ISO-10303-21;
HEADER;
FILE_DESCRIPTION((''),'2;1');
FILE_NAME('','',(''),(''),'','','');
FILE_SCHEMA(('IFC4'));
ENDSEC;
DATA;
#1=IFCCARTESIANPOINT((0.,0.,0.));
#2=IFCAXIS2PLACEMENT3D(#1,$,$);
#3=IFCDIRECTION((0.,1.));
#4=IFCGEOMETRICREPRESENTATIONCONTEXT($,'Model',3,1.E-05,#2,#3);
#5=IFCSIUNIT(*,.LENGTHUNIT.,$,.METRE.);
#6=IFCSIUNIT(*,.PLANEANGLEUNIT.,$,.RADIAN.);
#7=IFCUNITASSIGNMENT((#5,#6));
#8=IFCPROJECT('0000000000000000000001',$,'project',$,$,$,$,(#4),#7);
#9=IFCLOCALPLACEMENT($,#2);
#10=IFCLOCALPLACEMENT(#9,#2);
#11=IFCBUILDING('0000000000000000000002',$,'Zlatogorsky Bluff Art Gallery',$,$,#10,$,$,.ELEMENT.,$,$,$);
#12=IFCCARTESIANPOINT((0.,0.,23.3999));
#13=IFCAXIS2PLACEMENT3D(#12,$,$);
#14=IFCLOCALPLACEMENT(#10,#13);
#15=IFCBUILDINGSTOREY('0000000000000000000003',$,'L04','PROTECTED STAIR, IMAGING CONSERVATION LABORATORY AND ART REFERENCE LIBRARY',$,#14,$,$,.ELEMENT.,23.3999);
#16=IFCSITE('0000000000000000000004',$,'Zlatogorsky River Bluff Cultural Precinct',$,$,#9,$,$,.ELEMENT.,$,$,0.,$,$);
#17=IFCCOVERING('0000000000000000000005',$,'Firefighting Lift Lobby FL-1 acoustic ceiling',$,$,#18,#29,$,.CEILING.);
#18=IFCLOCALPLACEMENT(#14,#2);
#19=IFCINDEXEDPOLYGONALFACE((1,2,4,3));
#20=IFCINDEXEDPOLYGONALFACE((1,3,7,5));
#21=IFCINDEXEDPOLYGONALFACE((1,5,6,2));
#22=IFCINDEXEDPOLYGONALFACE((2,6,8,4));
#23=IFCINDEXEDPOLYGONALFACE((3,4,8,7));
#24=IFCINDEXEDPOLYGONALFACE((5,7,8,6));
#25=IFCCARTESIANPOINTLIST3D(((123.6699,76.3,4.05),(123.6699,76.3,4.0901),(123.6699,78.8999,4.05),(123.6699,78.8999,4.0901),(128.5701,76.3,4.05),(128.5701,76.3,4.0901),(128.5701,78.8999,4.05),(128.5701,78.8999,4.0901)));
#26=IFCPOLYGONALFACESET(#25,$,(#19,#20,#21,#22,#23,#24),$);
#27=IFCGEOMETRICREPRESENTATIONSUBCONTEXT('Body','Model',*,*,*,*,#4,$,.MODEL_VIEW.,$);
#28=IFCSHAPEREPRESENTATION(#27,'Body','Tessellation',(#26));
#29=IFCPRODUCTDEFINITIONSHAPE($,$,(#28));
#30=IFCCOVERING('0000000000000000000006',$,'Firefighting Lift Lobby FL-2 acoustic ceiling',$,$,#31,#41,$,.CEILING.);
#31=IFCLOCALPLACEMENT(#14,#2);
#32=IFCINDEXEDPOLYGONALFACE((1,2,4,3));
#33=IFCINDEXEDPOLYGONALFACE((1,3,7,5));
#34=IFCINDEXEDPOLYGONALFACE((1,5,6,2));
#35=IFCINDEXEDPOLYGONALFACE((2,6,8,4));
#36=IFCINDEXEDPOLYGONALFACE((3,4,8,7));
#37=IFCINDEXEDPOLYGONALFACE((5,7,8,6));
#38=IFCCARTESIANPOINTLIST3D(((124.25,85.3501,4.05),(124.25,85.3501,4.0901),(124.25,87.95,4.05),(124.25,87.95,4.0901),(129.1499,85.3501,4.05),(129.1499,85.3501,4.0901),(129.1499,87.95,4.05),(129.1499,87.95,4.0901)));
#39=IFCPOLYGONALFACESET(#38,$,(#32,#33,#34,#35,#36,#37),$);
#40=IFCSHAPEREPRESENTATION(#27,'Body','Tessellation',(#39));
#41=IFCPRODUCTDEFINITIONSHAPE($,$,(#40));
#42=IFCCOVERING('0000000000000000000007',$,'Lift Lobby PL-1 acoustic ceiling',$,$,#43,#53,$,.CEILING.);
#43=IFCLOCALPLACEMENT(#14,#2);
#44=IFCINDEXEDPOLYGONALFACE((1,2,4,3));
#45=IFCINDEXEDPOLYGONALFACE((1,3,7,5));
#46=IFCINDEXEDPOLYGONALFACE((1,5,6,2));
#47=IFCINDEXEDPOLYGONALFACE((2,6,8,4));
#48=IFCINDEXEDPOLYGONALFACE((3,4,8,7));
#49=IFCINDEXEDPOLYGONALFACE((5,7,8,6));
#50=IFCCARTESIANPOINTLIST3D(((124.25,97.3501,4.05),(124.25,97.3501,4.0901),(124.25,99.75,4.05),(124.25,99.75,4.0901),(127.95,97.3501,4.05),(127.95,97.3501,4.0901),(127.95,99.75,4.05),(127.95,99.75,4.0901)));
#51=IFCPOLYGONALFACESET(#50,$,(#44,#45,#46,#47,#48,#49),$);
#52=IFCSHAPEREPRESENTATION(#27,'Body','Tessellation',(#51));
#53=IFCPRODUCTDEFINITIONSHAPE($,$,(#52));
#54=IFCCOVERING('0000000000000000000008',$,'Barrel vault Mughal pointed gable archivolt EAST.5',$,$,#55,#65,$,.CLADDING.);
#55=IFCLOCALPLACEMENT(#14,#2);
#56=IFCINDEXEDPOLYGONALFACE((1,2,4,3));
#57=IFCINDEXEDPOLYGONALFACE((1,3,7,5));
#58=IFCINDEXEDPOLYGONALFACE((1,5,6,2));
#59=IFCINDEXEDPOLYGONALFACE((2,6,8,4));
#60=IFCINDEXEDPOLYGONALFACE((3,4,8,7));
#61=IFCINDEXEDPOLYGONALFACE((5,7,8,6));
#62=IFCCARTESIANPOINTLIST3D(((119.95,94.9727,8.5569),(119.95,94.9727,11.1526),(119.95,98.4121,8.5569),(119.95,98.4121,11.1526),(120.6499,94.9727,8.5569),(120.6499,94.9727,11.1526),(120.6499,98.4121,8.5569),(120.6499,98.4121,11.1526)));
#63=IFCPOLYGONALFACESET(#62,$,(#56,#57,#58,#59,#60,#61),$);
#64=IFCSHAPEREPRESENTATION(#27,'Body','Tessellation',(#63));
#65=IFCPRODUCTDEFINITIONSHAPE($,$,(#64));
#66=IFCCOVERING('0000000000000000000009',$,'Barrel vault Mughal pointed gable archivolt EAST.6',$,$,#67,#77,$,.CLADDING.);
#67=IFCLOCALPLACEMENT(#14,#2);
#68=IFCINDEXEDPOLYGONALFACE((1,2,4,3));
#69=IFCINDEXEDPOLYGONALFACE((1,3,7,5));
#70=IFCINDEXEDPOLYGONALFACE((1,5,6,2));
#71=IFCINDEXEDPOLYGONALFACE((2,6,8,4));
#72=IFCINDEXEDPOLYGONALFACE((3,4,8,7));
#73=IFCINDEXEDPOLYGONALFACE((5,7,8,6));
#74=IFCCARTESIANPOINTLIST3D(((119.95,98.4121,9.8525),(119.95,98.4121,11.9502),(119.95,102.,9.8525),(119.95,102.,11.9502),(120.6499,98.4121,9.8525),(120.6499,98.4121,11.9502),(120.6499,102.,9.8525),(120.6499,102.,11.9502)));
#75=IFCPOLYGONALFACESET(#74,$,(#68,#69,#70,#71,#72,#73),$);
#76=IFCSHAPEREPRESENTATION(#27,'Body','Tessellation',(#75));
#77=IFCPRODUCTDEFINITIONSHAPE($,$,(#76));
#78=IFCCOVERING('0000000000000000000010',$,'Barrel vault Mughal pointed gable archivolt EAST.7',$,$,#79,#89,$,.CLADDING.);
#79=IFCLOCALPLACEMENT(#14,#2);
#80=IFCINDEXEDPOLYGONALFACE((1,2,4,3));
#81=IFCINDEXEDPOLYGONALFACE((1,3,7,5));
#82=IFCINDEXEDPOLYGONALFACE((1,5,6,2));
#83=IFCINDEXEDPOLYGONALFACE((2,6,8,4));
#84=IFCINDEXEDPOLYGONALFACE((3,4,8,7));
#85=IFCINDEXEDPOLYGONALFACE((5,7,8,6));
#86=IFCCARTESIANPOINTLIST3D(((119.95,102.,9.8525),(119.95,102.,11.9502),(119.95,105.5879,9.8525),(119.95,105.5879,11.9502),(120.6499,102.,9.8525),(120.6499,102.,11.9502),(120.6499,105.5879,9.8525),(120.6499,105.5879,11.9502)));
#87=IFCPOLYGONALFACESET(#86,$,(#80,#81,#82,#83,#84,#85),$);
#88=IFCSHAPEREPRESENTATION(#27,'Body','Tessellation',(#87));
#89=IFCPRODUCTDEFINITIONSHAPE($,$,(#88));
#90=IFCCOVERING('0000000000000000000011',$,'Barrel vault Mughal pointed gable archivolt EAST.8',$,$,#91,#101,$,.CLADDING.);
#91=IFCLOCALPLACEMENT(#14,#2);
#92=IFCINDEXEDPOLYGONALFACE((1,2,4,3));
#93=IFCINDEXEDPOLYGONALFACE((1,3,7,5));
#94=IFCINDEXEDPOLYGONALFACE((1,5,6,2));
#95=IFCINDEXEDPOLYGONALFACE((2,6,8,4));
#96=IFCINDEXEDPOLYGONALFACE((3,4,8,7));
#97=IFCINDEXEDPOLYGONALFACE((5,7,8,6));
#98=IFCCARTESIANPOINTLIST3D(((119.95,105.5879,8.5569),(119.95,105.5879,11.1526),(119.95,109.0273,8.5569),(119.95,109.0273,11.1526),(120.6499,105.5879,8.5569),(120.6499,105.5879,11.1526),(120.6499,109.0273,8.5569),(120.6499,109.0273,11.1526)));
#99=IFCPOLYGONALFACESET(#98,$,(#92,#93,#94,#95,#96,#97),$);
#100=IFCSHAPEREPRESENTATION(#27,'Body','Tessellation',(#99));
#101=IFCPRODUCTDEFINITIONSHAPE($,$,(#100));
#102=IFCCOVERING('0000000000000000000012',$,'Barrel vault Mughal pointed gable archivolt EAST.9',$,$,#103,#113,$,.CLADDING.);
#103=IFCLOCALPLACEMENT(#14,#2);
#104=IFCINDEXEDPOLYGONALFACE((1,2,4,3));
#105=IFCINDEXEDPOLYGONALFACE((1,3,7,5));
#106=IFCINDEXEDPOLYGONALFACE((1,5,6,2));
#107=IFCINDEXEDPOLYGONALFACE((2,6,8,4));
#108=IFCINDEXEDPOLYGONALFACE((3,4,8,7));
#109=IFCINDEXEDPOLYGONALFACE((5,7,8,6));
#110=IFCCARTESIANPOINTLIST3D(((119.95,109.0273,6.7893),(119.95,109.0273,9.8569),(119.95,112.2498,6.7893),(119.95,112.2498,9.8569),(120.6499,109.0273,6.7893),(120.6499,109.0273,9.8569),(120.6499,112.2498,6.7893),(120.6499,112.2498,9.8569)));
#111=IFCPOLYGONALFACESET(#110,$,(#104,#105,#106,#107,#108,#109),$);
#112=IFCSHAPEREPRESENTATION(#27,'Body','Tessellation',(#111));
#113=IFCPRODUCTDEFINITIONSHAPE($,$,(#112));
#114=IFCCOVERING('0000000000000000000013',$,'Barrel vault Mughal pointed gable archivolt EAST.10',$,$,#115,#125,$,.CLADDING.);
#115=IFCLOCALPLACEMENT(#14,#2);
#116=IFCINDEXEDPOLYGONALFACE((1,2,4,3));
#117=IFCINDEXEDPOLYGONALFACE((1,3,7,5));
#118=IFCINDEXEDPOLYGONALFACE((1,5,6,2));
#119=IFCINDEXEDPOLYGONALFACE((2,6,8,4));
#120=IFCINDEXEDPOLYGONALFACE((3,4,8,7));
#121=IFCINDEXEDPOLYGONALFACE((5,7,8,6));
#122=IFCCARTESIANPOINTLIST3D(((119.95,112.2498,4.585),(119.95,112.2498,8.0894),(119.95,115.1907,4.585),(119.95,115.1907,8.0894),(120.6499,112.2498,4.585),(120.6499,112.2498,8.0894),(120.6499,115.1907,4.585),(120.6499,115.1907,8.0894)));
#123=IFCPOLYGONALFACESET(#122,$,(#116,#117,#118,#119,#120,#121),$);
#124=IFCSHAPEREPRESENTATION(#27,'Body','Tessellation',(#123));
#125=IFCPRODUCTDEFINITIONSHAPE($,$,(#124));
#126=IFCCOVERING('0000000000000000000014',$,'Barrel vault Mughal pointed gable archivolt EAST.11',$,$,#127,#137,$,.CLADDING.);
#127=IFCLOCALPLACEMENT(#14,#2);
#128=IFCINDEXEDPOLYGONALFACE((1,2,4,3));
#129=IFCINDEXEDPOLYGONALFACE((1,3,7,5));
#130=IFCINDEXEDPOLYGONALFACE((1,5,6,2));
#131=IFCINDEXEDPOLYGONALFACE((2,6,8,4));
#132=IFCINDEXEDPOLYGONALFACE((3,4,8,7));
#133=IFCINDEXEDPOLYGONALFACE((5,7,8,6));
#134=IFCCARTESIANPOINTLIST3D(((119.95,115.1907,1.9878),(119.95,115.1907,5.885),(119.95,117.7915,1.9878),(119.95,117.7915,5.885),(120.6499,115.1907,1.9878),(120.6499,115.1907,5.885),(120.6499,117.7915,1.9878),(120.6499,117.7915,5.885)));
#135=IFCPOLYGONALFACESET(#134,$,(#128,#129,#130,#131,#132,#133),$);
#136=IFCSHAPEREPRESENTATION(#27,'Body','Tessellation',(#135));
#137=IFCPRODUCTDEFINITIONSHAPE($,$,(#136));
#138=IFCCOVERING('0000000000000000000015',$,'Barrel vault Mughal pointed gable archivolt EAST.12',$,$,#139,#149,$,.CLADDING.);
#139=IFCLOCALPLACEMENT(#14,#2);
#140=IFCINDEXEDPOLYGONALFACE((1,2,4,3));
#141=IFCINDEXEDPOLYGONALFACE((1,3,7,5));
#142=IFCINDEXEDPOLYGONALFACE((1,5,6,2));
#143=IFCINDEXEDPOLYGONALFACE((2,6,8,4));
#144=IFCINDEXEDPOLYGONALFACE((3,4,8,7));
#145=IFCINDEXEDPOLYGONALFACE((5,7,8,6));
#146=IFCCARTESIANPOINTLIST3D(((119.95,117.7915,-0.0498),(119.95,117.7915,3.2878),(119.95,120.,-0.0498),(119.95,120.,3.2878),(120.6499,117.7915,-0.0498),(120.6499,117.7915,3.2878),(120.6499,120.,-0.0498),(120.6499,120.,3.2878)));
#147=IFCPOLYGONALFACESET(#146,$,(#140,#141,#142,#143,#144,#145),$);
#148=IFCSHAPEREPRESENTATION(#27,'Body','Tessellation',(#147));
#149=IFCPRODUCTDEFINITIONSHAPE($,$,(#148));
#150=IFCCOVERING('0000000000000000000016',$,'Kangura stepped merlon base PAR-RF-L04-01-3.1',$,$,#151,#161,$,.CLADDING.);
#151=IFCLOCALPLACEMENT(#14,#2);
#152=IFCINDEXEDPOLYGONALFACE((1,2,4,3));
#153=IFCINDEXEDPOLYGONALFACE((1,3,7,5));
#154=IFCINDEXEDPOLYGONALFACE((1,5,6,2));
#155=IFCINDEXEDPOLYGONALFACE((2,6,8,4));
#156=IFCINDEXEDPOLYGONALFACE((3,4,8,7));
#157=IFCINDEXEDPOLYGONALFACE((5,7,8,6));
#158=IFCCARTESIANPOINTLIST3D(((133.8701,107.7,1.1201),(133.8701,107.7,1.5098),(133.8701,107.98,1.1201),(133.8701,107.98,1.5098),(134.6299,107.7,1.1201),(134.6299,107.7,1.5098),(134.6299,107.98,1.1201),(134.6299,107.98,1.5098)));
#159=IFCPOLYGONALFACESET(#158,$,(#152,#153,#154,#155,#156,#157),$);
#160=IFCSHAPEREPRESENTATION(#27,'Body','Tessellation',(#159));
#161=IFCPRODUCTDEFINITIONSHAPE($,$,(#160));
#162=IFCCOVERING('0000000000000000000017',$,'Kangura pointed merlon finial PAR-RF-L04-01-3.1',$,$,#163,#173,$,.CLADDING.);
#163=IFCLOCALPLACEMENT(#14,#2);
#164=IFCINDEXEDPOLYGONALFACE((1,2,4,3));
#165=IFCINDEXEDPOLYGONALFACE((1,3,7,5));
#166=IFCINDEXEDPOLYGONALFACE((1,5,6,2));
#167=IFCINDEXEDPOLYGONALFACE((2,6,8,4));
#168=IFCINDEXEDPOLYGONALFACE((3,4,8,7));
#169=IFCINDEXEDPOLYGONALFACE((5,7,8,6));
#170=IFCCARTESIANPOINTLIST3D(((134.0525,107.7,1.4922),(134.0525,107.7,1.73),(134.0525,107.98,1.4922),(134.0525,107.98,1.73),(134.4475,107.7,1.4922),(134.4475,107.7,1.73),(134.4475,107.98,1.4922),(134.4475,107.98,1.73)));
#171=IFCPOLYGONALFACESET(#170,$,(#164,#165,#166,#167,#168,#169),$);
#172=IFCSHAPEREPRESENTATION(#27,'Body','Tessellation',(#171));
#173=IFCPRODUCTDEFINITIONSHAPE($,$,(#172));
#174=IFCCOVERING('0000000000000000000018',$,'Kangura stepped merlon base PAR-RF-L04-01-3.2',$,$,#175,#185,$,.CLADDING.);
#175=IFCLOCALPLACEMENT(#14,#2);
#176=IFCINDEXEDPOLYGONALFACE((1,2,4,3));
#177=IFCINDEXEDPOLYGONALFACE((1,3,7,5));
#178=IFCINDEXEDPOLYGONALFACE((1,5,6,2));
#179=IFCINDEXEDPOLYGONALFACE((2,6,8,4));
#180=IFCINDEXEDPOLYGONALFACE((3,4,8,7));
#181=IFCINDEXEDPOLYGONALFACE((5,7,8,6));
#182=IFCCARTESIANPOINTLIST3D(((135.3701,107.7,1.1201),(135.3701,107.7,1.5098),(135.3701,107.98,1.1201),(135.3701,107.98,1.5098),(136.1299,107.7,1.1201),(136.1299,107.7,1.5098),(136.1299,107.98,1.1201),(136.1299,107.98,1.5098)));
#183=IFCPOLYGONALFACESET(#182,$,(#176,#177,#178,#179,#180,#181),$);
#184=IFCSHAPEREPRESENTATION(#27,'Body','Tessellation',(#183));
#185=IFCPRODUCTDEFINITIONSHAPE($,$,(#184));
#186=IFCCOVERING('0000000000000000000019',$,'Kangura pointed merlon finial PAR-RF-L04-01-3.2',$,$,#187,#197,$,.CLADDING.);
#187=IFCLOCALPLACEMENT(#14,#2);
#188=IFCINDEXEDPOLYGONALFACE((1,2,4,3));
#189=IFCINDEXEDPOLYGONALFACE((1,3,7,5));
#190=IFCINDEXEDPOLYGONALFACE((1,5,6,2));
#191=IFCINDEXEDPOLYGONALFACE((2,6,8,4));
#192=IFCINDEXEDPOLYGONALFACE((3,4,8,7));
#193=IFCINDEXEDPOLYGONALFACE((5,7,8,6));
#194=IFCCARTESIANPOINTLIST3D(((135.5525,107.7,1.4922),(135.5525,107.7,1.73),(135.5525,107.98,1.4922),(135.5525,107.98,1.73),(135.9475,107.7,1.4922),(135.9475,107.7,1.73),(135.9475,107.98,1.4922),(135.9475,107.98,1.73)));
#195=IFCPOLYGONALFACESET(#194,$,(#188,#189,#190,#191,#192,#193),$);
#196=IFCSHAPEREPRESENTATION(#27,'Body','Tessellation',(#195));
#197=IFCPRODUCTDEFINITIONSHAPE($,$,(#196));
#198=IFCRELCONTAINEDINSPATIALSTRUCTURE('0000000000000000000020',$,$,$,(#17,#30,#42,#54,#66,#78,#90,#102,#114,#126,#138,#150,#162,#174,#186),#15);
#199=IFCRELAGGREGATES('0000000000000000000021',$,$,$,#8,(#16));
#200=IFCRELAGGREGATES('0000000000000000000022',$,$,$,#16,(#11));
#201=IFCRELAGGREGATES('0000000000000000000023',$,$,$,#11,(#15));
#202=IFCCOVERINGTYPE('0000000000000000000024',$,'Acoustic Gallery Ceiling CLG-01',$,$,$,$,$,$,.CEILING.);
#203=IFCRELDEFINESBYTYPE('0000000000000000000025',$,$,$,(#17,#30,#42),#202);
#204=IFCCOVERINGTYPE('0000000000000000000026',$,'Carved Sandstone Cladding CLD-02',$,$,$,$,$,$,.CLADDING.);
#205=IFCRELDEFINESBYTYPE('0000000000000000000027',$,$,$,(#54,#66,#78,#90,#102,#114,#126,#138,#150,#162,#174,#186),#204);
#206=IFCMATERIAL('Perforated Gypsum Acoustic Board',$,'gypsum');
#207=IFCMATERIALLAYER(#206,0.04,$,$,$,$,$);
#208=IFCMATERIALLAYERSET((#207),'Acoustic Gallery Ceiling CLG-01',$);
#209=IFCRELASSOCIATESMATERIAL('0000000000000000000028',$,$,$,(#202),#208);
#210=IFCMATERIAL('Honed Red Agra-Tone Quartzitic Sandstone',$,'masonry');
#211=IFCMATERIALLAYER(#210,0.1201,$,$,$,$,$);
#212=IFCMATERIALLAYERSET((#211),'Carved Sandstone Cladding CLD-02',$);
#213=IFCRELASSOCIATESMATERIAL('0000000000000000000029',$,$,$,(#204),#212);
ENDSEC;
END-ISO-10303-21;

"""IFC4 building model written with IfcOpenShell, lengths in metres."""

from ifc_helpers import new_model, si_unit, direction, frame, origin, place, context, subcontext, project, spatial, polyline, outline, extrude, material, layer, layer_set, type_object, element, save


model = new_model("IFC4")

# Units and contexts
model_context = context("Model", 3, precision=1e-05, world=origin(), true_north=direction((0.0, 1.0)))
body_context = subcontext(model_context, "Body", "Model", "MODEL_VIEW")
ifc_project = project(units=[si_unit("LENGTHUNIT", "METRE"), si_unit("PLANEANGLEUNIT", "RADIAN")], contexts=[model_context])

# Site, building, storey
site_placement = place(None, origin())
site = spatial("IfcSite", under=ifc_project, at=site_placement, Name="Zlatogorsky River Bluff Cultural Precinct", CompositionType="ELEMENT", RefElevation=0.0)
building_placement = place(site_placement, origin())
building = spatial("IfcBuilding", under=site, at=building_placement, Name="Zlatogorsky Bluff Art Gallery", CompositionType="ELEMENT")
storey_placement = place(building_placement, frame((0.0, 0.0, 23.3999)))
storey = spatial("IfcBuildingStorey", under=building, at=storey_placement, Name="L04", Description="PROTECTED STAIR, IMAGING CONSERVATION LABORATORY AND ART REFERENCE LIBRARY", CompositionType="ELEMENT", Elevation=23.3999)

# Coverings
ifc_material_1 = material(Name="Perforated Gypsum Acoustic Board", Category="gypsum")
ifc_layer_1 = layer(ifc_material_1, 0.04)
ifc_layer_set_1 = layer_set([ifc_layer_1], Name="Acoustic Gallery Ceiling CLG-01")
covering_type_1 = type_object("IfcCoveringType", Name="Acoustic Gallery Ceiling CLG-01", PredefinedType="CEILING", material=ifc_layer_set_1)
covering_1_placement = place(storey_placement, frame((0.0, 0.0, 4.05)))
element("IfcCovering", 1, at=covering_1_placement, inside=storey, type_object=covering_type_1, Name="Firefighting Lift Lobby FL-1 acoustic ceiling", PredefinedType="CEILING", context=body_context, shape_type="SweptSolid", body=[
    extrude(outline(polyline([(128.5701, 78.8999), (128.5701, 76.3), (123.6699, 76.3), (123.6699, 78.8999), (128.5701, 78.8999)])), origin(), (0.0, 0.0, 1.0), 0.04),
])
covering_2_placement = place(storey_placement, frame((0.0, 0.0, 4.05)))
element("IfcCovering", 2, at=covering_2_placement, inside=storey, type_object=covering_type_1, Name="Firefighting Lift Lobby FL-2 acoustic ceiling", PredefinedType="CEILING", context=body_context, shape_type="SweptSolid", body=[
    extrude(outline(polyline([(129.1499, 87.95), (129.1499, 85.3501), (124.25, 85.3501), (124.25, 87.95), (129.1499, 87.95)])), origin(), (0.0, 0.0, 1.0), 0.04),
])
covering_3_placement = place(storey_placement, frame((0.0, 0.0, 4.05)))
element("IfcCovering", 3, at=covering_3_placement, inside=storey, type_object=covering_type_1, Name="Lift Lobby PL-1 acoustic ceiling", PredefinedType="CEILING", context=body_context, shape_type="SweptSolid", body=[
    extrude(outline(polyline([(127.95, 99.75), (127.95, 97.3501), (124.25, 97.3501), (124.25, 99.75), (127.95, 99.75)])), origin(), (0.0, 0.0, 1.0), 0.04),
])
ifc_material_2 = material(Name="Honed Red Agra-Tone Quartzitic Sandstone", Category="masonry")
ifc_layer_2 = layer(ifc_material_2, 0.1201)
ifc_layer_set_2 = layer_set([ifc_layer_2], Name="Carved Sandstone Cladding CLD-02")
covering_type_2 = type_object("IfcCoveringType", Name="Carved Sandstone Cladding CLD-02", PredefinedType="CLADDING", material=ifc_layer_set_2)
covering_4_placement = place(storey_placement, frame((0.0, 0.0, 8.5569)))
element("IfcCovering", 4, at=covering_4_placement, inside=storey, type_object=covering_type_2, Name="Barrel vault Mughal pointed gable archivolt EAST.5", PredefinedType="CLADDING", context=body_context, shape_type="SweptSolid", body=[
    extrude(outline(polyline([(119.95, 94.9727), (120.6499, 94.9727), (120.6499, 98.4121), (119.95, 98.4121), (119.95, 94.9727)])), origin(), (0.0, 0.0, 1.0), 2.5957),
])
covering_5_placement = place(storey_placement, frame((0.0, 0.0, 9.8525)))
element("IfcCovering", 5, at=covering_5_placement, inside=storey, type_object=covering_type_2, Name="Barrel vault Mughal pointed gable archivolt EAST.6", PredefinedType="CLADDING", context=body_context, shape_type="SweptSolid", body=[
    extrude(outline(polyline([(119.95, 98.4121), (120.6499, 98.4121), (120.6499, 102.0), (119.95, 102.0), (119.95, 98.4121)])), origin(), (0.0, 0.0, 1.0), 2.0977),
])
covering_6_placement = place(storey_placement, frame((0.0, 0.0, 9.8525)))
element("IfcCovering", 6, at=covering_6_placement, inside=storey, type_object=covering_type_2, Name="Barrel vault Mughal pointed gable archivolt EAST.7", PredefinedType="CLADDING", context=body_context, shape_type="SweptSolid", body=[
    extrude(outline(polyline([(119.95, 102.0), (120.6499, 102.0), (120.6499, 105.5879), (119.95, 105.5879), (119.95, 102.0)])), origin(), (0.0, 0.0, 1.0), 2.0977),
])
covering_7_placement = place(storey_placement, frame((0.0, 0.0, 8.5569)))
element("IfcCovering", 7, at=covering_7_placement, inside=storey, type_object=covering_type_2, Name="Barrel vault Mughal pointed gable archivolt EAST.8", PredefinedType="CLADDING", context=body_context, shape_type="SweptSolid", body=[
    extrude(outline(polyline([(119.95, 105.5879), (120.6499, 105.5879), (120.6499, 109.0273), (119.95, 109.0273), (119.95, 105.5879)])), origin(), (0.0, 0.0, 1.0), 2.5957),
])
covering_8_placement = place(storey_placement, frame((0.0, 0.0, 6.7893)))
element("IfcCovering", 8, at=covering_8_placement, inside=storey, type_object=covering_type_2, Name="Barrel vault Mughal pointed gable archivolt EAST.9", PredefinedType="CLADDING", context=body_context, shape_type="SweptSolid", body=[
    extrude(outline(polyline([(119.95, 109.0273), (120.6499, 109.0273), (120.6499, 112.2498), (119.95, 112.2498), (119.95, 109.0273)])), origin(), (0.0, 0.0, 1.0), 3.0676),
])
covering_9_placement = place(storey_placement, frame((0.0, 0.0, 4.585)))
element("IfcCovering", 9, at=covering_9_placement, inside=storey, type_object=covering_type_2, Name="Barrel vault Mughal pointed gable archivolt EAST.10", PredefinedType="CLADDING", context=body_context, shape_type="SweptSolid", body=[
    extrude(outline(polyline([(119.95, 112.2498), (120.6499, 112.2498), (120.6499, 115.1907), (119.95, 115.1907), (119.95, 112.2498)])), origin(), (0.0, 0.0, 1.0), 3.5044),
])
covering_10_placement = place(storey_placement, frame((0.0, 0.0, 1.9878)))
element("IfcCovering", 10, at=covering_10_placement, inside=storey, type_object=covering_type_2, Name="Barrel vault Mughal pointed gable archivolt EAST.11", PredefinedType="CLADDING", context=body_context, shape_type="SweptSolid", body=[
    extrude(outline(polyline([(119.95, 115.1907), (120.6499, 115.1907), (120.6499, 117.7915), (119.95, 117.7915), (119.95, 115.1907)])), origin(), (0.0, 0.0, 1.0), 3.8972),
])
covering_11_placement = place(storey_placement, frame((0.0, 0.0, -0.0498)))
element("IfcCovering", 11, at=covering_11_placement, inside=storey, type_object=covering_type_2, Name="Barrel vault Mughal pointed gable archivolt EAST.12", PredefinedType="CLADDING", context=body_context, shape_type="SweptSolid", body=[
    extrude(outline(polyline([(119.95, 117.7915), (120.6499, 117.7915), (120.6499, 120.0), (119.95, 120.0), (119.95, 117.7915)])), origin(), (0.0, 0.0, 1.0), 3.3376),
])
covering_12_placement = place(storey_placement, frame((0.0, 0.0, 1.1201)))
element("IfcCovering", 12, at=covering_12_placement, inside=storey, type_object=covering_type_2, Name="Kangura stepped merlon base PAR-RF-L04-01-3.1", PredefinedType="CLADDING", context=body_context, shape_type="SweptSolid", body=[
    extrude(outline(polyline([(133.8701, 107.7), (134.6299, 107.7), (134.6299, 107.98), (133.8701, 107.98), (133.8701, 107.7)])), origin(), (0.0, 0.0, 1.0), 0.3896),
])
covering_13_placement = place(storey_placement, frame((0.0, 0.0, 1.4922)))
element("IfcCovering", 13, at=covering_13_placement, inside=storey, type_object=covering_type_2, Name="Kangura pointed merlon finial PAR-RF-L04-01-3.1", PredefinedType="CLADDING", context=body_context, shape_type="SweptSolid", body=[
    extrude(outline(polyline([(134.0525, 107.7), (134.4475, 107.7), (134.4475, 107.98), (134.0525, 107.98), (134.0525, 107.7)])), origin(), (0.0, 0.0, 1.0), 0.2378),
])
covering_14_placement = place(storey_placement, frame((0.0, 0.0, 1.1201)))
element("IfcCovering", 14, at=covering_14_placement, inside=storey, type_object=covering_type_2, Name="Kangura stepped merlon base PAR-RF-L04-01-3.2", PredefinedType="CLADDING", context=body_context, shape_type="SweptSolid", body=[
    extrude(outline(polyline([(135.3701, 107.7), (136.1299, 107.7), (136.1299, 107.98), (135.3701, 107.98), (135.3701, 107.7)])), origin(), (0.0, 0.0, 1.0), 0.3896),
])
covering_15_placement = place(storey_placement, frame((0.0, 0.0, 1.4922)))
element("IfcCovering", 15, at=covering_15_placement, inside=storey, type_object=covering_type_2, Name="Kangura pointed merlon finial PAR-RF-L04-01-3.2", PredefinedType="CLADDING", context=body_context, shape_type="SweptSolid", body=[
    extrude(outline(polyline([(135.5525, 107.7), (135.9475, 107.7), (135.9475, 107.98), (135.5525, 107.98), (135.5525, 107.7)])), origin(), (0.0, 0.0, 1.0), 0.2378),
])

save(model, "model.ifc")
